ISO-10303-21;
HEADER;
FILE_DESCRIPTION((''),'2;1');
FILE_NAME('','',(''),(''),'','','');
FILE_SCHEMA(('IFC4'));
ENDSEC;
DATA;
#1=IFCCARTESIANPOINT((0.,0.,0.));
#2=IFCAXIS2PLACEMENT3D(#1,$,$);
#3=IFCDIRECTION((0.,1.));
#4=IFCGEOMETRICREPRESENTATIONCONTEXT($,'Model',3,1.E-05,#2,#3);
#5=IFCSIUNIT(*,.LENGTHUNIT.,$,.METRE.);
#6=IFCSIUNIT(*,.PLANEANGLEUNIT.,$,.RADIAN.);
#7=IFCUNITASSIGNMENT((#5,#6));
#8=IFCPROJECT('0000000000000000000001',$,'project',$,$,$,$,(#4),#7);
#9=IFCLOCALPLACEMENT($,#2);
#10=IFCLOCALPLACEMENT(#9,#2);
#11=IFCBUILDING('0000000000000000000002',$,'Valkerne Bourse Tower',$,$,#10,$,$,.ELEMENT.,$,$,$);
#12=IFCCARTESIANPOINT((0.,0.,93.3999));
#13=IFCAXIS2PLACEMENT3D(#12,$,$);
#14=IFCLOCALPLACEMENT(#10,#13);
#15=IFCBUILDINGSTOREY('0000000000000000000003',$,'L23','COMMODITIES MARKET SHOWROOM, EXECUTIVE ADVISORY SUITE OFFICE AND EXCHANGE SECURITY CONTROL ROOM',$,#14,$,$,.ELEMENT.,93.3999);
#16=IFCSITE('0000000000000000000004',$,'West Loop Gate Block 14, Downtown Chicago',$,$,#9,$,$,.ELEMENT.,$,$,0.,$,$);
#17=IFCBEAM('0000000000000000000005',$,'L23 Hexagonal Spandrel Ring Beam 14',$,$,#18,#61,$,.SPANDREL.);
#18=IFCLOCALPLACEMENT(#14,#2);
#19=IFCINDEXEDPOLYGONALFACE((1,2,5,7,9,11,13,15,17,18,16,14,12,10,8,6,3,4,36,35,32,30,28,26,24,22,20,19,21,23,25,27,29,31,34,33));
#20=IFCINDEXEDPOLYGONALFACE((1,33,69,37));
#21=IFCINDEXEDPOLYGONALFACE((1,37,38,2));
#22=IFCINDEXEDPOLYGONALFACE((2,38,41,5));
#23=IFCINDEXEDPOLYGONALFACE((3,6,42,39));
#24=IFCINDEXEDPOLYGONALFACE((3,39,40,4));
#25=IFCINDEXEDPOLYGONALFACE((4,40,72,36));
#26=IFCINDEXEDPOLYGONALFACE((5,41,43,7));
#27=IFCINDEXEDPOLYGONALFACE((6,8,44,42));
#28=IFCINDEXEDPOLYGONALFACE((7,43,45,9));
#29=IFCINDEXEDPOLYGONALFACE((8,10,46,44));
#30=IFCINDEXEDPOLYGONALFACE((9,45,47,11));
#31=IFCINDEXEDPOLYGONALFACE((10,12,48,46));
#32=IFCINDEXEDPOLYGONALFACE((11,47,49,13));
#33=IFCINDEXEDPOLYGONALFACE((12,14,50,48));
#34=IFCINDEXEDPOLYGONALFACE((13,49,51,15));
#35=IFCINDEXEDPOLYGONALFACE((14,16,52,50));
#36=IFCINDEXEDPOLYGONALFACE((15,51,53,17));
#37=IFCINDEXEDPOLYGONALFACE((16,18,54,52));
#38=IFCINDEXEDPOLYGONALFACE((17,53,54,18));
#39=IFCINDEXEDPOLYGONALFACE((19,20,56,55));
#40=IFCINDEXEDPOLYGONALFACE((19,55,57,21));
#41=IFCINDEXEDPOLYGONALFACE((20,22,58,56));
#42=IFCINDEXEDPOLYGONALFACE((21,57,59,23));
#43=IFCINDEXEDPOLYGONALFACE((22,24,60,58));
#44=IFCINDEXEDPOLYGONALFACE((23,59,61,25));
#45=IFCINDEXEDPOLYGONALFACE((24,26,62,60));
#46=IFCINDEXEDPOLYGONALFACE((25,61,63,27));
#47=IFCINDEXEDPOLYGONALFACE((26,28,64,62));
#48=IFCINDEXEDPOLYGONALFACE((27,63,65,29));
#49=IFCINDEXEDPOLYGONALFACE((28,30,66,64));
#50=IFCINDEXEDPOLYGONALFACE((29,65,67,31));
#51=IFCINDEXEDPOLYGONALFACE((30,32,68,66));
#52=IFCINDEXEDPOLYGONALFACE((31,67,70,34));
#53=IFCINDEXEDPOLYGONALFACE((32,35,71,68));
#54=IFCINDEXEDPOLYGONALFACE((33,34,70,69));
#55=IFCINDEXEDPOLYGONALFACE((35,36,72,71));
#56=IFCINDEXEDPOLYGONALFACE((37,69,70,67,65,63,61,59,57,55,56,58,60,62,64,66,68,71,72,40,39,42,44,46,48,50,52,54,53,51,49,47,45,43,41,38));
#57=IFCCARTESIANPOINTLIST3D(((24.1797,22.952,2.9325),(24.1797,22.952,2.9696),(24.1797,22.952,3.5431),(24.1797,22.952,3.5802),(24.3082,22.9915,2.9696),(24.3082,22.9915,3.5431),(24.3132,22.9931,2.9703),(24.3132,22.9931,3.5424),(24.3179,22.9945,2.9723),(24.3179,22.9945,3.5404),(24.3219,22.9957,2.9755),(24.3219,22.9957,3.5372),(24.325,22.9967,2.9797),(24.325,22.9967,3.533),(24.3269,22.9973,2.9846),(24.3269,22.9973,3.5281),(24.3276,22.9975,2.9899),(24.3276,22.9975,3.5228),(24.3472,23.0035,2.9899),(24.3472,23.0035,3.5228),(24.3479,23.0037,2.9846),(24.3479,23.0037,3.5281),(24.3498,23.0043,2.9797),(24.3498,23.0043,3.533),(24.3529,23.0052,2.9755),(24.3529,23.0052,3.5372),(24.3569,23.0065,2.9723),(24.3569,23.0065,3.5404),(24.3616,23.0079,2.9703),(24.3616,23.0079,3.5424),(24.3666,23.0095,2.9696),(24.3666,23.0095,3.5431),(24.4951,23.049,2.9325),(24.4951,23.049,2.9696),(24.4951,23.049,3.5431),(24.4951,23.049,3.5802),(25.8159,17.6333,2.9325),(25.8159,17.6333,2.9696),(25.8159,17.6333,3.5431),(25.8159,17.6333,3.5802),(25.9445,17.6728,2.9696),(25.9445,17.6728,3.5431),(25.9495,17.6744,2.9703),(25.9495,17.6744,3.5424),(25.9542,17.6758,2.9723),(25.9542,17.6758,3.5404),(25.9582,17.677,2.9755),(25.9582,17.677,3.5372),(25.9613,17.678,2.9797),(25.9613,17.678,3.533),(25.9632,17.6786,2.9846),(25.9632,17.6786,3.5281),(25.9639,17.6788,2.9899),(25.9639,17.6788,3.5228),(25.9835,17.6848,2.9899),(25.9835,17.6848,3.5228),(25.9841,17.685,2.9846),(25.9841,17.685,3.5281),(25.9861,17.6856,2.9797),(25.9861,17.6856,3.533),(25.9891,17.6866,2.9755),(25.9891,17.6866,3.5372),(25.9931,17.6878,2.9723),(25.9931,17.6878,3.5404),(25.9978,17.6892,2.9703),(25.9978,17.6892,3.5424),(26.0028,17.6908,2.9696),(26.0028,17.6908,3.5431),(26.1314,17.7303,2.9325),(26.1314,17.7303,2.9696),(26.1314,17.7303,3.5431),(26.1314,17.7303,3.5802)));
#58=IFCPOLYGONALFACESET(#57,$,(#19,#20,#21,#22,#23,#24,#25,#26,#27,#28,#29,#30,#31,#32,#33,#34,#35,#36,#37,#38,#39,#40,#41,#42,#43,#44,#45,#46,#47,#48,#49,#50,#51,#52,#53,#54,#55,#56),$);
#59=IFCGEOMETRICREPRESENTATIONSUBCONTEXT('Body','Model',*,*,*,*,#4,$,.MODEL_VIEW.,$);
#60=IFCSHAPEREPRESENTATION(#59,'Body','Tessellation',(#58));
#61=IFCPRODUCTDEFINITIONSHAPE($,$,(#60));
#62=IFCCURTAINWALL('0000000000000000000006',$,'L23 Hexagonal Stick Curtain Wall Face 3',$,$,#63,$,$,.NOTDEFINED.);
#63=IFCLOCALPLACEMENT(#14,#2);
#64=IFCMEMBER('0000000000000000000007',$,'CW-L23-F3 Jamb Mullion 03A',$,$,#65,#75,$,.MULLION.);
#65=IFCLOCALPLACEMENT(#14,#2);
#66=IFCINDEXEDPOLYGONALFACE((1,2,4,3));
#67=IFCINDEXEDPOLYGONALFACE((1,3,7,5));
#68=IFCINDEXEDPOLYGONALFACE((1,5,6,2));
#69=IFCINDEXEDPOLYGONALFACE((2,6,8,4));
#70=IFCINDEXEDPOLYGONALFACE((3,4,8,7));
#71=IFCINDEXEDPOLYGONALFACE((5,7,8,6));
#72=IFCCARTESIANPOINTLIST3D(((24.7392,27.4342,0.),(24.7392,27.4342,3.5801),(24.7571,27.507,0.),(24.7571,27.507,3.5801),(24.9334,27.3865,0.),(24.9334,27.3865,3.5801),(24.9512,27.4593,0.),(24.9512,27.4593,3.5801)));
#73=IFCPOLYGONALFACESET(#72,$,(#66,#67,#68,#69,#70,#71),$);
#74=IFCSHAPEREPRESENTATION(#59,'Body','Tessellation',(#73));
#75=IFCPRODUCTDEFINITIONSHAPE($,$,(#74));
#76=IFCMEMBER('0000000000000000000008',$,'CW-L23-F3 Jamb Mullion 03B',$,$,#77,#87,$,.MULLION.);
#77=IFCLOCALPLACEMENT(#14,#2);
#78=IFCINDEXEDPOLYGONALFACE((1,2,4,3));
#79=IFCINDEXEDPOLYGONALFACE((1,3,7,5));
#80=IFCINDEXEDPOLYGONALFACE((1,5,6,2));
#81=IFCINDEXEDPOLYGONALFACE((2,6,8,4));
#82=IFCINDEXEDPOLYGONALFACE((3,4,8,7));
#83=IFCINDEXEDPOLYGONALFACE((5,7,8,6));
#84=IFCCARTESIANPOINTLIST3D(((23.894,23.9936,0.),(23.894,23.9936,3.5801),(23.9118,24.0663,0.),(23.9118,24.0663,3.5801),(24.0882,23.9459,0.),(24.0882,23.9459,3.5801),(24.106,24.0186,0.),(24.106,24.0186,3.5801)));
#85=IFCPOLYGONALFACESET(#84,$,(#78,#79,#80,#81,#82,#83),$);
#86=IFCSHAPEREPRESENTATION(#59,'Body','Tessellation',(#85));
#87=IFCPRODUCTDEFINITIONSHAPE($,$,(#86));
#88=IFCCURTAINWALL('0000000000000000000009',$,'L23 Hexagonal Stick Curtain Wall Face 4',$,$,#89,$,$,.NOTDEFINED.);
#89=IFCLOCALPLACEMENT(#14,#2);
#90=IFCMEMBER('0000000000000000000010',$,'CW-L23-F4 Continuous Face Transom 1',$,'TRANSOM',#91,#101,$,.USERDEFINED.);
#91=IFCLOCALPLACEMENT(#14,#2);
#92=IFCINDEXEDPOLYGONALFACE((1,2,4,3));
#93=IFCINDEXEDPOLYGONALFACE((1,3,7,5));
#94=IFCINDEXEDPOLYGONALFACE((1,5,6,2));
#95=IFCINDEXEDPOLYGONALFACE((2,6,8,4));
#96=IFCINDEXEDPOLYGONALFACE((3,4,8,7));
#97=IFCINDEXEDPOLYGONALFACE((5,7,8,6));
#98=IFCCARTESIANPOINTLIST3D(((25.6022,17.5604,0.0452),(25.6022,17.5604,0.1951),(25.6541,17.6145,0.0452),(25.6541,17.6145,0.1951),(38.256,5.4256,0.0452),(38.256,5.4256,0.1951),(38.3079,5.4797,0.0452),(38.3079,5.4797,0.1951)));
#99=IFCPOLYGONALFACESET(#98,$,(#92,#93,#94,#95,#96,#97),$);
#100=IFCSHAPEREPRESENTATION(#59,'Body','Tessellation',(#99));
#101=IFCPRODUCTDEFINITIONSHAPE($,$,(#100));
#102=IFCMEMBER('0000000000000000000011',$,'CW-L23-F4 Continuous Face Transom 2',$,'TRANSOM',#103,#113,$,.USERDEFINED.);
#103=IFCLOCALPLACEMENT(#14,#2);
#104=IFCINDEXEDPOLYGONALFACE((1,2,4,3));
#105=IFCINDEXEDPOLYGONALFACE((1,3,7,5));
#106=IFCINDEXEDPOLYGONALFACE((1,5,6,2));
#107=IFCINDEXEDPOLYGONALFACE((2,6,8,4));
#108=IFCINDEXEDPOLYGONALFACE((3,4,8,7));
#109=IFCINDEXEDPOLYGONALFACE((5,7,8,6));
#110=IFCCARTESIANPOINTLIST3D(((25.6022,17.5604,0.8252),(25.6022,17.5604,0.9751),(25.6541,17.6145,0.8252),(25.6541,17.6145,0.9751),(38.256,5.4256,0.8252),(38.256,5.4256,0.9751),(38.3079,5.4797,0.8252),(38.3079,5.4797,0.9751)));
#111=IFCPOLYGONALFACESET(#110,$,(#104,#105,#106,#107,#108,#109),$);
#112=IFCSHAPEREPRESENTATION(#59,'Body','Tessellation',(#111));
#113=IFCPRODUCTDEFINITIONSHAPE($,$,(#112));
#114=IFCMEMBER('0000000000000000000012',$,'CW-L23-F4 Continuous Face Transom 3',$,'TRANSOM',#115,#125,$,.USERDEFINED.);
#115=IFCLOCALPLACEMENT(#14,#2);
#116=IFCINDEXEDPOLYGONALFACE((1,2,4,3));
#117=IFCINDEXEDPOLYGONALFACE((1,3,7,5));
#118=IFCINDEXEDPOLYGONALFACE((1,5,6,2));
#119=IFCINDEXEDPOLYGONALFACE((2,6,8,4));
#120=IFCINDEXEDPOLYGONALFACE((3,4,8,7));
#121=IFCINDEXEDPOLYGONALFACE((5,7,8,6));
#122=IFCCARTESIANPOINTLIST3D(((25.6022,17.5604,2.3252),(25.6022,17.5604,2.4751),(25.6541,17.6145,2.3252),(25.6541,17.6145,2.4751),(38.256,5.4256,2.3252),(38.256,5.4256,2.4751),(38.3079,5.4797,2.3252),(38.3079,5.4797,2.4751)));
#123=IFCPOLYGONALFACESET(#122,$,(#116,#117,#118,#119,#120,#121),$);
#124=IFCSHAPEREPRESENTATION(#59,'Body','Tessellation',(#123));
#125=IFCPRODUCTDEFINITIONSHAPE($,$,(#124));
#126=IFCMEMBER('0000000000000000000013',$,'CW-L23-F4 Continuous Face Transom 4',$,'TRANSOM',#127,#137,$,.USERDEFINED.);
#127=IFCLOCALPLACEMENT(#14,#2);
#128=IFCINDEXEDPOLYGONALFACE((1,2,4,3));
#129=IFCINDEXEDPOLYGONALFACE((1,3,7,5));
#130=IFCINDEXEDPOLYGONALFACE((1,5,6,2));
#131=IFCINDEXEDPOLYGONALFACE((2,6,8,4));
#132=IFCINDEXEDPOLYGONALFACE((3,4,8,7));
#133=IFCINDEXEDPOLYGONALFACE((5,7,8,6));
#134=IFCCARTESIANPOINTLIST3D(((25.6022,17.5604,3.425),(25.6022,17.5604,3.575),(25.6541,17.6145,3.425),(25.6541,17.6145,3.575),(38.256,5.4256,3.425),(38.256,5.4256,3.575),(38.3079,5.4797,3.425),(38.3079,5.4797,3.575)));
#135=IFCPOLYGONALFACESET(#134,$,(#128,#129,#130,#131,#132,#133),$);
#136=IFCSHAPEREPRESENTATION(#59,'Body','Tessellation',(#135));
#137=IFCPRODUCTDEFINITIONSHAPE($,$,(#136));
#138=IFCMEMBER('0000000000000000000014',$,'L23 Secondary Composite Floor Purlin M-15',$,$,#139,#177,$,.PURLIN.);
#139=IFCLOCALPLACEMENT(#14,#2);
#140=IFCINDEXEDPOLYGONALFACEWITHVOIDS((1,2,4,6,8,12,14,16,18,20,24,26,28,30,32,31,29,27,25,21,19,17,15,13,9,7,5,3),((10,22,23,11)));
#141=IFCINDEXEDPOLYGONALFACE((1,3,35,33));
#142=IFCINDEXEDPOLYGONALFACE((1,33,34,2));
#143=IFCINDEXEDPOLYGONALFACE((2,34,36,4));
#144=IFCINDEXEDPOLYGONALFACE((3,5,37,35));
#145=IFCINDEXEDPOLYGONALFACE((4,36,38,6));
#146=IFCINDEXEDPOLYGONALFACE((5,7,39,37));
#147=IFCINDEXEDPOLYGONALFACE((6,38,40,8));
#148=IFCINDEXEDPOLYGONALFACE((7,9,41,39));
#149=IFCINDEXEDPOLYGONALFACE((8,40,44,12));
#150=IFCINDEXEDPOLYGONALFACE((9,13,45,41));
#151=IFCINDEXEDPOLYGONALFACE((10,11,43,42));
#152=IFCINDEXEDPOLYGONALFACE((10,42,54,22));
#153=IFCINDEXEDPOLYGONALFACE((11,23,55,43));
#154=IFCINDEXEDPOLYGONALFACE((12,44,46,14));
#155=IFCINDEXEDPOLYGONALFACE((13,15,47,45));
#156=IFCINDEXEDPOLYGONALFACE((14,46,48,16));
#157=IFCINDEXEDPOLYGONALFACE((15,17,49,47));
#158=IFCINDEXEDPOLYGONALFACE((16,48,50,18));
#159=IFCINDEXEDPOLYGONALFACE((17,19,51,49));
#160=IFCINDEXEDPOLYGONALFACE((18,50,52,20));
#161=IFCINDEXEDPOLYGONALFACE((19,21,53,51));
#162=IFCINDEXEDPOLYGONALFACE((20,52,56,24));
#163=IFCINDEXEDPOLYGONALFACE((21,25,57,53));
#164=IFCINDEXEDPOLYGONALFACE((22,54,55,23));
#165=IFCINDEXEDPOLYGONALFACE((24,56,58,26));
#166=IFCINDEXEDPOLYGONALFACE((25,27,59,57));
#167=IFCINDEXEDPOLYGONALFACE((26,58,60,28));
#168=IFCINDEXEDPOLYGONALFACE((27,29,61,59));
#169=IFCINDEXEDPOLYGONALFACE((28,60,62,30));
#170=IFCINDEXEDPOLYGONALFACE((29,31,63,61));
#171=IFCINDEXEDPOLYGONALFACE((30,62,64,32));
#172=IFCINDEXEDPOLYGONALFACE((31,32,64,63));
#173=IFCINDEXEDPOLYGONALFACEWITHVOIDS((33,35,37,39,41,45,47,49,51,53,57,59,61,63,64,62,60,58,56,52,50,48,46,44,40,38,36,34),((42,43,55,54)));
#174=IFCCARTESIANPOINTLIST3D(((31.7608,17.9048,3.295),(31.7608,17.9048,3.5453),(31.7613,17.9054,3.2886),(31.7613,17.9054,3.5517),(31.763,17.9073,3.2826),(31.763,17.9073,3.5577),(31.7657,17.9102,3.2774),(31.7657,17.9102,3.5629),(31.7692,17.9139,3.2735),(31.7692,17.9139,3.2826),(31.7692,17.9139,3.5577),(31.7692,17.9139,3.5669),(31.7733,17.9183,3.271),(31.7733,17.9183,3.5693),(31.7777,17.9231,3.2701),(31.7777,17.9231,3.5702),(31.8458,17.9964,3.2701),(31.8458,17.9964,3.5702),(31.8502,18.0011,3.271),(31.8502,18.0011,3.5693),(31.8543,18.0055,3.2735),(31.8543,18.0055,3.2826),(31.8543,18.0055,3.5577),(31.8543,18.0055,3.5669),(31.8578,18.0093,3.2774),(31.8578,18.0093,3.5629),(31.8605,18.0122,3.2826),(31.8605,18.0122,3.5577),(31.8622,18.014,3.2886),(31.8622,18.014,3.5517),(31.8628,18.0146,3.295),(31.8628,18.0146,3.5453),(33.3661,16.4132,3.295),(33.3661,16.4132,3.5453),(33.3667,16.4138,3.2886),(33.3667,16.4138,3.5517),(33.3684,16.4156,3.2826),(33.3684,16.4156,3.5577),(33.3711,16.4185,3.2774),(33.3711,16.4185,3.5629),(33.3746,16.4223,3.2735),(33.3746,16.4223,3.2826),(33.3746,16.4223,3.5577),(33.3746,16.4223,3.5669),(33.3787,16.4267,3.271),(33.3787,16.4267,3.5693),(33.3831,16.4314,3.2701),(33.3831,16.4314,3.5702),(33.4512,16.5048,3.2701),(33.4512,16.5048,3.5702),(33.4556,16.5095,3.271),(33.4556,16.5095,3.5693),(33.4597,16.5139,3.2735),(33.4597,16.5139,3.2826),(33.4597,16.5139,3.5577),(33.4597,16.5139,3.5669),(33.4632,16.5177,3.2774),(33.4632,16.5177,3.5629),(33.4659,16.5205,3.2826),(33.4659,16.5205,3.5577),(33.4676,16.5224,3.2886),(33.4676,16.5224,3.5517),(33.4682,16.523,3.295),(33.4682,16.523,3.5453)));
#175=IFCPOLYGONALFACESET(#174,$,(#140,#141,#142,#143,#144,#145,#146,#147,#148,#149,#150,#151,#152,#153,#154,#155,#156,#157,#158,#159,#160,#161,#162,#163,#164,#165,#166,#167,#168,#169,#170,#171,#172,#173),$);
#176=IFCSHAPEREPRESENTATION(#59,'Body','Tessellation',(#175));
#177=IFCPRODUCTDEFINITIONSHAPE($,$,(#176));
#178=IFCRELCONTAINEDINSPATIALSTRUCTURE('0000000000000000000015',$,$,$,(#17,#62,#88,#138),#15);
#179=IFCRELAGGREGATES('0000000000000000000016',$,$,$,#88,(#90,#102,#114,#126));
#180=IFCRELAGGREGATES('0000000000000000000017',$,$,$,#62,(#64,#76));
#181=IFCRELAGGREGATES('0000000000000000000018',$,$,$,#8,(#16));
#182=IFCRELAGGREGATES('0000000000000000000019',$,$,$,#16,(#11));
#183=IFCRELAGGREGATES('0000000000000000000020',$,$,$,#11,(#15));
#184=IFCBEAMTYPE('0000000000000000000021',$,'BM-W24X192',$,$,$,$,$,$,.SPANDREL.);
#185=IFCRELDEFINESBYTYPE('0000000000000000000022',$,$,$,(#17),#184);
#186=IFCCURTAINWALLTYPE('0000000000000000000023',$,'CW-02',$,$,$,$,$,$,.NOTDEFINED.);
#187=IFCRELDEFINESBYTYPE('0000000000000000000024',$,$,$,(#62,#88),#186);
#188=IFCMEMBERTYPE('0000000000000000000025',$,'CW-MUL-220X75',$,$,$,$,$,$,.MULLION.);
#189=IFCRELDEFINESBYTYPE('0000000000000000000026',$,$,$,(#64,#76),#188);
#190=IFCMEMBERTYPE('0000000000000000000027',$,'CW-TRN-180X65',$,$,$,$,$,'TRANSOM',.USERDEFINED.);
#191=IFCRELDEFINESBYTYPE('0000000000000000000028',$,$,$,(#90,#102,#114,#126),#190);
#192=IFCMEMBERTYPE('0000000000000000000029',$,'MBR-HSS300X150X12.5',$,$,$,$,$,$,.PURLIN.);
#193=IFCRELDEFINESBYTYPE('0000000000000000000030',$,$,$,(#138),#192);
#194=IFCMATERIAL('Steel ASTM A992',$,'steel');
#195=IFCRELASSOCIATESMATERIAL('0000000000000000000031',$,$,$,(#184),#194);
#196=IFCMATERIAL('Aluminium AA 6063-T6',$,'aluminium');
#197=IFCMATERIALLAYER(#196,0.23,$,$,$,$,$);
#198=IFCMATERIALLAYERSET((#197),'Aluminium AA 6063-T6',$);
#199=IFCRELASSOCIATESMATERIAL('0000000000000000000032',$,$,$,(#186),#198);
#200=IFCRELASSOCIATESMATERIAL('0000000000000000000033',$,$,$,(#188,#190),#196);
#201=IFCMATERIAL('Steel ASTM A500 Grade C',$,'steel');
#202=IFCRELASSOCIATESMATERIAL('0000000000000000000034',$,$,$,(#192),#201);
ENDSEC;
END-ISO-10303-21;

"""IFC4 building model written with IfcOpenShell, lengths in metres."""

from ifc_helpers import new_model, si_unit, direction, frame, origin, origin_2d, place, context, subcontext, project, spatial, rectangle, hollow_rectangle, i_section, extrude, material, layer, layer_set, material_profile, profile_set, type_object, element, aggregate, save


model = new_model("IFC4")

# Units and contexts
model_context = context("Model", 3, precision=1e-05, world=origin(), true_north=direction((0.0, 1.0)))
body_context = subcontext(model_context, "Body", "Model", "MODEL_VIEW")
ifc_project = project(units=[si_unit("LENGTHUNIT", "METRE"), si_unit("PLANEANGLEUNIT", "RADIAN")], contexts=[model_context])

# Site, building, storey
site_placement = place(None, origin())
site = spatial("IfcSite", under=ifc_project, at=site_placement, Name="West Loop Gate Block 14, Downtown Chicago", CompositionType="ELEMENT", RefElevation=0.0)
building_placement = place(site_placement, origin())
building = spatial("IfcBuilding", under=site, at=building_placement, Name="Valkerne Bourse Tower", CompositionType="ELEMENT")
storey_placement = place(building_placement, frame((0.0, 0.0, 93.3999)))
storey = spatial("IfcBuildingStorey", under=building, at=storey_placement, Name="L23", Description="COMMODITIES MARKET SHOWROOM, EXECUTIVE ADVISORY SUITE OFFICE AND EXCHANGE SECURITY CONTROL ROOM", CompositionType="ELEMENT", Elevation=93.3999)

# Beam
ifc_material_1 = material(Name="Steel ASTM A992", Category="steel")
ifc_material_profile_1 = material_profile(ifc_material_1, i_section(OverallWidth=0.3301, OverallDepth=0.6477, WebThickness=0.0205, FlangeThickness=0.0371, FilletRadius=0.0203, at=origin_2d()), Name="W24X192")
ifc_profile_set_1 = profile_set([ifc_material_profile_1], Name="Steel ASTM A992")
beam_type = type_object("IfcBeamType", Name="BM-W24X192", PredefinedType="SPANDREL", material=ifc_profile_set_1)
beam_1_placement = place(storey_placement, frame((24.3374, 23.0005, 3.2563), z_axis=(0.294043, -0.955792, 0.0), x_axis=(0.955792, 0.294043, 0.0)))
element("IfcBeam", 1, at=beam_1_placement, inside=storey, type_object=beam_type, Name="L23 Hexagonal Spandrel Ring Beam 14", PredefinedType="SPANDREL", context=body_context, shape_type="SweptSolid", body=[
    extrude(i_section(OverallWidth=0.3301, OverallDepth=0.6477, WebThickness=0.0205, FlangeThickness=0.0371, FilletRadius=0.0203, at=origin_2d()), origin(), (0.0, 0.0, 1.0), 5.5647),
])

# Curtain walls, members
ifc_material_2 = material(Name="Aluminium AA 6063-T6", Category="aluminium")
ifc_layer_1 = layer(ifc_material_2, 0.23)
ifc_layer_set_1 = layer_set([ifc_layer_1], Name="Aluminium AA 6063-T6")
curtain_wall_type = type_object("IfcCurtainWallType", Name="CW-02", PredefinedType="NOTDEFINED", material=ifc_layer_set_1)
curtain_wall_1_placement = place(storey_placement, origin())
curtain_wall_1 = element("IfcCurtainWall", 2, at=curtain_wall_1_placement, inside=storey, type_object=curtain_wall_type, Name="L23 Hexagonal Stick Curtain Wall Face 3", PredefinedType="NOTDEFINED")
ifc_material_profile_2 = material_profile(ifc_material_2, rectangle(XDim=0.075, YDim=0.2, at=origin_2d()), Name="CWM-75X200")
ifc_profile_set_2 = profile_set([ifc_material_profile_2], Name="Aluminium AA 6063-T6")
member_type_1 = type_object("IfcMemberType", Name="CW-MUL-220X75", PredefinedType="MULLION", material=ifc_profile_set_2)
member_1_placement = place(storey_placement, frame((24.8452, 27.4468, 0.0), z_axis=(0.0, 0.0, 1.0), x_axis=(-0.238539, -0.971133, 0.0)))
member_1 = element("IfcMember", 3, at=member_1_placement, type_object=member_type_1, Name="CW-L23-F3 Jamb Mullion 03A", PredefinedType="MULLION", context=body_context, shape_type="SweptSolid", body=[
    extrude(rectangle(XDim=0.075, YDim=0.2, at=origin_2d()), origin(), (0.0, 0.0, 1.0), 3.5801),
])
member_2_placement = place(storey_placement, frame((24.0, 24.0061, 0.0), z_axis=(0.0, 0.0, 1.0), x_axis=(-0.238539, -0.971133, 0.0)))
member_2 = element("IfcMember", 4, at=member_2_placement, type_object=member_type_1, Name="CW-L23-F3 Jamb Mullion 03B", PredefinedType="MULLION", context=body_context, shape_type="SweptSolid", body=[
    extrude(rectangle(XDim=0.075, YDim=0.2, at=origin_2d()), origin(), (0.0, 0.0, 1.0), 3.5801),
])
curtain_wall_2_placement = place(storey_placement, origin())
curtain_wall_2 = element("IfcCurtainWall", 5, at=curtain_wall_2_placement, inside=storey, type_object=curtain_wall_type, Name="L23 Hexagonal Stick Curtain Wall Face 4", PredefinedType="NOTDEFINED")
ifc_material_profile_3 = material_profile(ifc_material_2, rectangle(XDim=0.075, YDim=0.1499, at=origin_2d()), Name="CWT-75X150")
ifc_profile_set_3 = profile_set([ifc_material_profile_3], Name="Aluminium AA 6063-T6")
member_type_2 = type_object("IfcMemberType", Name="CW-TRN-180X65", ElementType="TRANSOM", PredefinedType="USERDEFINED", material=ifc_profile_set_3)
member_3_placement = place(storey_placement, frame((25.6282, 17.5874, 0.1201), z_axis=(0.721755, -0.692149, 0.0), x_axis=(0.692149, 0.721755, 0.0)))
member_3 = element("IfcMember", 6, at=member_3_placement, type_object=member_type_2, Name="CW-L23-F4 Continuous Face Transom 1", ObjectType="TRANSOM", PredefinedType="USERDEFINED", context=body_context, shape_type="SweptSolid", body=[
    extrude(rectangle(XDim=0.075, YDim=0.1499, at=origin_2d()), origin(), (0.0, 0.0, 1.0), 17.532),
])
member_4_placement = place(storey_placement, frame((25.6282, 17.5874, 0.9001), z_axis=(0.721755, -0.692149, 0.0), x_axis=(0.692149, 0.721755, 0.0)))
member_4 = element("IfcMember", 7, at=member_4_placement, type_object=member_type_2, Name="CW-L23-F4 Continuous Face Transom 2", ObjectType="TRANSOM", PredefinedType="USERDEFINED", context=body_context, shape_type="SweptSolid", body=[
    extrude(rectangle(XDim=0.075, YDim=0.1499, at=origin_2d()), origin(), (0.0, 0.0, 1.0), 17.532),
])
member_5_placement = place(storey_placement, frame((25.6282, 17.5874, 2.4001), z_axis=(0.721755, -0.692149, 0.0), x_axis=(0.692149, 0.721755, 0.0)))
member_5 = element("IfcMember", 8, at=member_5_placement, type_object=member_type_2, Name="CW-L23-F4 Continuous Face Transom 3", ObjectType="TRANSOM", PredefinedType="USERDEFINED", context=body_context, shape_type="SweptSolid", body=[
    extrude(rectangle(XDim=0.075, YDim=0.1499, at=origin_2d()), origin(), (0.0, 0.0, 1.0), 17.532),
])
member_6_placement = place(storey_placement, frame((25.6282, 17.5874, 3.5), z_axis=(0.721755, -0.692149, 0.0), x_axis=(0.692149, 0.721755, 0.0)))
member_6 = element("IfcMember", 9, at=member_6_placement, type_object=member_type_2, Name="CW-L23-F4 Continuous Face Transom 4", ObjectType="TRANSOM", PredefinedType="USERDEFINED", context=body_context, shape_type="SweptSolid", body=[
    extrude(rectangle(XDim=0.075, YDim=0.1499, at=origin_2d()), origin(), (0.0, 0.0, 1.0), 17.532),
])
aggregate(curtain_wall_2, [member_3, member_4, member_5, member_6])

# Member
ifc_material_3 = material(Name="Steel ASTM A500 Grade C", Category="steel")
ifc_material_profile_4 = material_profile(ifc_material_3, hollow_rectangle(XDim=0.1499, YDim=0.3, WallThickness=0.0125, OuterFilletRadius=0.0249, at=origin_2d()), Name="HSS300X150X12.5")
ifc_profile_set_4 = profile_set([ifc_material_profile_4], Name="Steel ASTM A500 Grade C")
member_type_3 = type_object("IfcMemberType", Name="MBR-HSS300X150X12.5", PredefinedType="PURLIN", material=ifc_profile_set_4)
member_7_placement = place(storey_placement, frame((31.8118, 17.9597, 3.4202), z_axis=(0.732587, -0.680673, 0.0), x_axis=(0.680673, 0.732587, 0.0)))
element("IfcMember", 10, at=member_7_placement, inside=storey, type_object=member_type_3, Name="L23 Secondary Composite Floor Purlin M-15", PredefinedType="PURLIN", context=body_context, shape_type="SweptSolid", body=[
    extrude(hollow_rectangle(XDim=0.1499, YDim=0.3, WallThickness=0.0125, OuterFilletRadius=0.0249, at=origin_2d()), origin(), (0.0, 0.0, 1.0), 2.1914),
])

aggregate(curtain_wall_1, [member_1, member_2])

save(model, "model.ifc")
